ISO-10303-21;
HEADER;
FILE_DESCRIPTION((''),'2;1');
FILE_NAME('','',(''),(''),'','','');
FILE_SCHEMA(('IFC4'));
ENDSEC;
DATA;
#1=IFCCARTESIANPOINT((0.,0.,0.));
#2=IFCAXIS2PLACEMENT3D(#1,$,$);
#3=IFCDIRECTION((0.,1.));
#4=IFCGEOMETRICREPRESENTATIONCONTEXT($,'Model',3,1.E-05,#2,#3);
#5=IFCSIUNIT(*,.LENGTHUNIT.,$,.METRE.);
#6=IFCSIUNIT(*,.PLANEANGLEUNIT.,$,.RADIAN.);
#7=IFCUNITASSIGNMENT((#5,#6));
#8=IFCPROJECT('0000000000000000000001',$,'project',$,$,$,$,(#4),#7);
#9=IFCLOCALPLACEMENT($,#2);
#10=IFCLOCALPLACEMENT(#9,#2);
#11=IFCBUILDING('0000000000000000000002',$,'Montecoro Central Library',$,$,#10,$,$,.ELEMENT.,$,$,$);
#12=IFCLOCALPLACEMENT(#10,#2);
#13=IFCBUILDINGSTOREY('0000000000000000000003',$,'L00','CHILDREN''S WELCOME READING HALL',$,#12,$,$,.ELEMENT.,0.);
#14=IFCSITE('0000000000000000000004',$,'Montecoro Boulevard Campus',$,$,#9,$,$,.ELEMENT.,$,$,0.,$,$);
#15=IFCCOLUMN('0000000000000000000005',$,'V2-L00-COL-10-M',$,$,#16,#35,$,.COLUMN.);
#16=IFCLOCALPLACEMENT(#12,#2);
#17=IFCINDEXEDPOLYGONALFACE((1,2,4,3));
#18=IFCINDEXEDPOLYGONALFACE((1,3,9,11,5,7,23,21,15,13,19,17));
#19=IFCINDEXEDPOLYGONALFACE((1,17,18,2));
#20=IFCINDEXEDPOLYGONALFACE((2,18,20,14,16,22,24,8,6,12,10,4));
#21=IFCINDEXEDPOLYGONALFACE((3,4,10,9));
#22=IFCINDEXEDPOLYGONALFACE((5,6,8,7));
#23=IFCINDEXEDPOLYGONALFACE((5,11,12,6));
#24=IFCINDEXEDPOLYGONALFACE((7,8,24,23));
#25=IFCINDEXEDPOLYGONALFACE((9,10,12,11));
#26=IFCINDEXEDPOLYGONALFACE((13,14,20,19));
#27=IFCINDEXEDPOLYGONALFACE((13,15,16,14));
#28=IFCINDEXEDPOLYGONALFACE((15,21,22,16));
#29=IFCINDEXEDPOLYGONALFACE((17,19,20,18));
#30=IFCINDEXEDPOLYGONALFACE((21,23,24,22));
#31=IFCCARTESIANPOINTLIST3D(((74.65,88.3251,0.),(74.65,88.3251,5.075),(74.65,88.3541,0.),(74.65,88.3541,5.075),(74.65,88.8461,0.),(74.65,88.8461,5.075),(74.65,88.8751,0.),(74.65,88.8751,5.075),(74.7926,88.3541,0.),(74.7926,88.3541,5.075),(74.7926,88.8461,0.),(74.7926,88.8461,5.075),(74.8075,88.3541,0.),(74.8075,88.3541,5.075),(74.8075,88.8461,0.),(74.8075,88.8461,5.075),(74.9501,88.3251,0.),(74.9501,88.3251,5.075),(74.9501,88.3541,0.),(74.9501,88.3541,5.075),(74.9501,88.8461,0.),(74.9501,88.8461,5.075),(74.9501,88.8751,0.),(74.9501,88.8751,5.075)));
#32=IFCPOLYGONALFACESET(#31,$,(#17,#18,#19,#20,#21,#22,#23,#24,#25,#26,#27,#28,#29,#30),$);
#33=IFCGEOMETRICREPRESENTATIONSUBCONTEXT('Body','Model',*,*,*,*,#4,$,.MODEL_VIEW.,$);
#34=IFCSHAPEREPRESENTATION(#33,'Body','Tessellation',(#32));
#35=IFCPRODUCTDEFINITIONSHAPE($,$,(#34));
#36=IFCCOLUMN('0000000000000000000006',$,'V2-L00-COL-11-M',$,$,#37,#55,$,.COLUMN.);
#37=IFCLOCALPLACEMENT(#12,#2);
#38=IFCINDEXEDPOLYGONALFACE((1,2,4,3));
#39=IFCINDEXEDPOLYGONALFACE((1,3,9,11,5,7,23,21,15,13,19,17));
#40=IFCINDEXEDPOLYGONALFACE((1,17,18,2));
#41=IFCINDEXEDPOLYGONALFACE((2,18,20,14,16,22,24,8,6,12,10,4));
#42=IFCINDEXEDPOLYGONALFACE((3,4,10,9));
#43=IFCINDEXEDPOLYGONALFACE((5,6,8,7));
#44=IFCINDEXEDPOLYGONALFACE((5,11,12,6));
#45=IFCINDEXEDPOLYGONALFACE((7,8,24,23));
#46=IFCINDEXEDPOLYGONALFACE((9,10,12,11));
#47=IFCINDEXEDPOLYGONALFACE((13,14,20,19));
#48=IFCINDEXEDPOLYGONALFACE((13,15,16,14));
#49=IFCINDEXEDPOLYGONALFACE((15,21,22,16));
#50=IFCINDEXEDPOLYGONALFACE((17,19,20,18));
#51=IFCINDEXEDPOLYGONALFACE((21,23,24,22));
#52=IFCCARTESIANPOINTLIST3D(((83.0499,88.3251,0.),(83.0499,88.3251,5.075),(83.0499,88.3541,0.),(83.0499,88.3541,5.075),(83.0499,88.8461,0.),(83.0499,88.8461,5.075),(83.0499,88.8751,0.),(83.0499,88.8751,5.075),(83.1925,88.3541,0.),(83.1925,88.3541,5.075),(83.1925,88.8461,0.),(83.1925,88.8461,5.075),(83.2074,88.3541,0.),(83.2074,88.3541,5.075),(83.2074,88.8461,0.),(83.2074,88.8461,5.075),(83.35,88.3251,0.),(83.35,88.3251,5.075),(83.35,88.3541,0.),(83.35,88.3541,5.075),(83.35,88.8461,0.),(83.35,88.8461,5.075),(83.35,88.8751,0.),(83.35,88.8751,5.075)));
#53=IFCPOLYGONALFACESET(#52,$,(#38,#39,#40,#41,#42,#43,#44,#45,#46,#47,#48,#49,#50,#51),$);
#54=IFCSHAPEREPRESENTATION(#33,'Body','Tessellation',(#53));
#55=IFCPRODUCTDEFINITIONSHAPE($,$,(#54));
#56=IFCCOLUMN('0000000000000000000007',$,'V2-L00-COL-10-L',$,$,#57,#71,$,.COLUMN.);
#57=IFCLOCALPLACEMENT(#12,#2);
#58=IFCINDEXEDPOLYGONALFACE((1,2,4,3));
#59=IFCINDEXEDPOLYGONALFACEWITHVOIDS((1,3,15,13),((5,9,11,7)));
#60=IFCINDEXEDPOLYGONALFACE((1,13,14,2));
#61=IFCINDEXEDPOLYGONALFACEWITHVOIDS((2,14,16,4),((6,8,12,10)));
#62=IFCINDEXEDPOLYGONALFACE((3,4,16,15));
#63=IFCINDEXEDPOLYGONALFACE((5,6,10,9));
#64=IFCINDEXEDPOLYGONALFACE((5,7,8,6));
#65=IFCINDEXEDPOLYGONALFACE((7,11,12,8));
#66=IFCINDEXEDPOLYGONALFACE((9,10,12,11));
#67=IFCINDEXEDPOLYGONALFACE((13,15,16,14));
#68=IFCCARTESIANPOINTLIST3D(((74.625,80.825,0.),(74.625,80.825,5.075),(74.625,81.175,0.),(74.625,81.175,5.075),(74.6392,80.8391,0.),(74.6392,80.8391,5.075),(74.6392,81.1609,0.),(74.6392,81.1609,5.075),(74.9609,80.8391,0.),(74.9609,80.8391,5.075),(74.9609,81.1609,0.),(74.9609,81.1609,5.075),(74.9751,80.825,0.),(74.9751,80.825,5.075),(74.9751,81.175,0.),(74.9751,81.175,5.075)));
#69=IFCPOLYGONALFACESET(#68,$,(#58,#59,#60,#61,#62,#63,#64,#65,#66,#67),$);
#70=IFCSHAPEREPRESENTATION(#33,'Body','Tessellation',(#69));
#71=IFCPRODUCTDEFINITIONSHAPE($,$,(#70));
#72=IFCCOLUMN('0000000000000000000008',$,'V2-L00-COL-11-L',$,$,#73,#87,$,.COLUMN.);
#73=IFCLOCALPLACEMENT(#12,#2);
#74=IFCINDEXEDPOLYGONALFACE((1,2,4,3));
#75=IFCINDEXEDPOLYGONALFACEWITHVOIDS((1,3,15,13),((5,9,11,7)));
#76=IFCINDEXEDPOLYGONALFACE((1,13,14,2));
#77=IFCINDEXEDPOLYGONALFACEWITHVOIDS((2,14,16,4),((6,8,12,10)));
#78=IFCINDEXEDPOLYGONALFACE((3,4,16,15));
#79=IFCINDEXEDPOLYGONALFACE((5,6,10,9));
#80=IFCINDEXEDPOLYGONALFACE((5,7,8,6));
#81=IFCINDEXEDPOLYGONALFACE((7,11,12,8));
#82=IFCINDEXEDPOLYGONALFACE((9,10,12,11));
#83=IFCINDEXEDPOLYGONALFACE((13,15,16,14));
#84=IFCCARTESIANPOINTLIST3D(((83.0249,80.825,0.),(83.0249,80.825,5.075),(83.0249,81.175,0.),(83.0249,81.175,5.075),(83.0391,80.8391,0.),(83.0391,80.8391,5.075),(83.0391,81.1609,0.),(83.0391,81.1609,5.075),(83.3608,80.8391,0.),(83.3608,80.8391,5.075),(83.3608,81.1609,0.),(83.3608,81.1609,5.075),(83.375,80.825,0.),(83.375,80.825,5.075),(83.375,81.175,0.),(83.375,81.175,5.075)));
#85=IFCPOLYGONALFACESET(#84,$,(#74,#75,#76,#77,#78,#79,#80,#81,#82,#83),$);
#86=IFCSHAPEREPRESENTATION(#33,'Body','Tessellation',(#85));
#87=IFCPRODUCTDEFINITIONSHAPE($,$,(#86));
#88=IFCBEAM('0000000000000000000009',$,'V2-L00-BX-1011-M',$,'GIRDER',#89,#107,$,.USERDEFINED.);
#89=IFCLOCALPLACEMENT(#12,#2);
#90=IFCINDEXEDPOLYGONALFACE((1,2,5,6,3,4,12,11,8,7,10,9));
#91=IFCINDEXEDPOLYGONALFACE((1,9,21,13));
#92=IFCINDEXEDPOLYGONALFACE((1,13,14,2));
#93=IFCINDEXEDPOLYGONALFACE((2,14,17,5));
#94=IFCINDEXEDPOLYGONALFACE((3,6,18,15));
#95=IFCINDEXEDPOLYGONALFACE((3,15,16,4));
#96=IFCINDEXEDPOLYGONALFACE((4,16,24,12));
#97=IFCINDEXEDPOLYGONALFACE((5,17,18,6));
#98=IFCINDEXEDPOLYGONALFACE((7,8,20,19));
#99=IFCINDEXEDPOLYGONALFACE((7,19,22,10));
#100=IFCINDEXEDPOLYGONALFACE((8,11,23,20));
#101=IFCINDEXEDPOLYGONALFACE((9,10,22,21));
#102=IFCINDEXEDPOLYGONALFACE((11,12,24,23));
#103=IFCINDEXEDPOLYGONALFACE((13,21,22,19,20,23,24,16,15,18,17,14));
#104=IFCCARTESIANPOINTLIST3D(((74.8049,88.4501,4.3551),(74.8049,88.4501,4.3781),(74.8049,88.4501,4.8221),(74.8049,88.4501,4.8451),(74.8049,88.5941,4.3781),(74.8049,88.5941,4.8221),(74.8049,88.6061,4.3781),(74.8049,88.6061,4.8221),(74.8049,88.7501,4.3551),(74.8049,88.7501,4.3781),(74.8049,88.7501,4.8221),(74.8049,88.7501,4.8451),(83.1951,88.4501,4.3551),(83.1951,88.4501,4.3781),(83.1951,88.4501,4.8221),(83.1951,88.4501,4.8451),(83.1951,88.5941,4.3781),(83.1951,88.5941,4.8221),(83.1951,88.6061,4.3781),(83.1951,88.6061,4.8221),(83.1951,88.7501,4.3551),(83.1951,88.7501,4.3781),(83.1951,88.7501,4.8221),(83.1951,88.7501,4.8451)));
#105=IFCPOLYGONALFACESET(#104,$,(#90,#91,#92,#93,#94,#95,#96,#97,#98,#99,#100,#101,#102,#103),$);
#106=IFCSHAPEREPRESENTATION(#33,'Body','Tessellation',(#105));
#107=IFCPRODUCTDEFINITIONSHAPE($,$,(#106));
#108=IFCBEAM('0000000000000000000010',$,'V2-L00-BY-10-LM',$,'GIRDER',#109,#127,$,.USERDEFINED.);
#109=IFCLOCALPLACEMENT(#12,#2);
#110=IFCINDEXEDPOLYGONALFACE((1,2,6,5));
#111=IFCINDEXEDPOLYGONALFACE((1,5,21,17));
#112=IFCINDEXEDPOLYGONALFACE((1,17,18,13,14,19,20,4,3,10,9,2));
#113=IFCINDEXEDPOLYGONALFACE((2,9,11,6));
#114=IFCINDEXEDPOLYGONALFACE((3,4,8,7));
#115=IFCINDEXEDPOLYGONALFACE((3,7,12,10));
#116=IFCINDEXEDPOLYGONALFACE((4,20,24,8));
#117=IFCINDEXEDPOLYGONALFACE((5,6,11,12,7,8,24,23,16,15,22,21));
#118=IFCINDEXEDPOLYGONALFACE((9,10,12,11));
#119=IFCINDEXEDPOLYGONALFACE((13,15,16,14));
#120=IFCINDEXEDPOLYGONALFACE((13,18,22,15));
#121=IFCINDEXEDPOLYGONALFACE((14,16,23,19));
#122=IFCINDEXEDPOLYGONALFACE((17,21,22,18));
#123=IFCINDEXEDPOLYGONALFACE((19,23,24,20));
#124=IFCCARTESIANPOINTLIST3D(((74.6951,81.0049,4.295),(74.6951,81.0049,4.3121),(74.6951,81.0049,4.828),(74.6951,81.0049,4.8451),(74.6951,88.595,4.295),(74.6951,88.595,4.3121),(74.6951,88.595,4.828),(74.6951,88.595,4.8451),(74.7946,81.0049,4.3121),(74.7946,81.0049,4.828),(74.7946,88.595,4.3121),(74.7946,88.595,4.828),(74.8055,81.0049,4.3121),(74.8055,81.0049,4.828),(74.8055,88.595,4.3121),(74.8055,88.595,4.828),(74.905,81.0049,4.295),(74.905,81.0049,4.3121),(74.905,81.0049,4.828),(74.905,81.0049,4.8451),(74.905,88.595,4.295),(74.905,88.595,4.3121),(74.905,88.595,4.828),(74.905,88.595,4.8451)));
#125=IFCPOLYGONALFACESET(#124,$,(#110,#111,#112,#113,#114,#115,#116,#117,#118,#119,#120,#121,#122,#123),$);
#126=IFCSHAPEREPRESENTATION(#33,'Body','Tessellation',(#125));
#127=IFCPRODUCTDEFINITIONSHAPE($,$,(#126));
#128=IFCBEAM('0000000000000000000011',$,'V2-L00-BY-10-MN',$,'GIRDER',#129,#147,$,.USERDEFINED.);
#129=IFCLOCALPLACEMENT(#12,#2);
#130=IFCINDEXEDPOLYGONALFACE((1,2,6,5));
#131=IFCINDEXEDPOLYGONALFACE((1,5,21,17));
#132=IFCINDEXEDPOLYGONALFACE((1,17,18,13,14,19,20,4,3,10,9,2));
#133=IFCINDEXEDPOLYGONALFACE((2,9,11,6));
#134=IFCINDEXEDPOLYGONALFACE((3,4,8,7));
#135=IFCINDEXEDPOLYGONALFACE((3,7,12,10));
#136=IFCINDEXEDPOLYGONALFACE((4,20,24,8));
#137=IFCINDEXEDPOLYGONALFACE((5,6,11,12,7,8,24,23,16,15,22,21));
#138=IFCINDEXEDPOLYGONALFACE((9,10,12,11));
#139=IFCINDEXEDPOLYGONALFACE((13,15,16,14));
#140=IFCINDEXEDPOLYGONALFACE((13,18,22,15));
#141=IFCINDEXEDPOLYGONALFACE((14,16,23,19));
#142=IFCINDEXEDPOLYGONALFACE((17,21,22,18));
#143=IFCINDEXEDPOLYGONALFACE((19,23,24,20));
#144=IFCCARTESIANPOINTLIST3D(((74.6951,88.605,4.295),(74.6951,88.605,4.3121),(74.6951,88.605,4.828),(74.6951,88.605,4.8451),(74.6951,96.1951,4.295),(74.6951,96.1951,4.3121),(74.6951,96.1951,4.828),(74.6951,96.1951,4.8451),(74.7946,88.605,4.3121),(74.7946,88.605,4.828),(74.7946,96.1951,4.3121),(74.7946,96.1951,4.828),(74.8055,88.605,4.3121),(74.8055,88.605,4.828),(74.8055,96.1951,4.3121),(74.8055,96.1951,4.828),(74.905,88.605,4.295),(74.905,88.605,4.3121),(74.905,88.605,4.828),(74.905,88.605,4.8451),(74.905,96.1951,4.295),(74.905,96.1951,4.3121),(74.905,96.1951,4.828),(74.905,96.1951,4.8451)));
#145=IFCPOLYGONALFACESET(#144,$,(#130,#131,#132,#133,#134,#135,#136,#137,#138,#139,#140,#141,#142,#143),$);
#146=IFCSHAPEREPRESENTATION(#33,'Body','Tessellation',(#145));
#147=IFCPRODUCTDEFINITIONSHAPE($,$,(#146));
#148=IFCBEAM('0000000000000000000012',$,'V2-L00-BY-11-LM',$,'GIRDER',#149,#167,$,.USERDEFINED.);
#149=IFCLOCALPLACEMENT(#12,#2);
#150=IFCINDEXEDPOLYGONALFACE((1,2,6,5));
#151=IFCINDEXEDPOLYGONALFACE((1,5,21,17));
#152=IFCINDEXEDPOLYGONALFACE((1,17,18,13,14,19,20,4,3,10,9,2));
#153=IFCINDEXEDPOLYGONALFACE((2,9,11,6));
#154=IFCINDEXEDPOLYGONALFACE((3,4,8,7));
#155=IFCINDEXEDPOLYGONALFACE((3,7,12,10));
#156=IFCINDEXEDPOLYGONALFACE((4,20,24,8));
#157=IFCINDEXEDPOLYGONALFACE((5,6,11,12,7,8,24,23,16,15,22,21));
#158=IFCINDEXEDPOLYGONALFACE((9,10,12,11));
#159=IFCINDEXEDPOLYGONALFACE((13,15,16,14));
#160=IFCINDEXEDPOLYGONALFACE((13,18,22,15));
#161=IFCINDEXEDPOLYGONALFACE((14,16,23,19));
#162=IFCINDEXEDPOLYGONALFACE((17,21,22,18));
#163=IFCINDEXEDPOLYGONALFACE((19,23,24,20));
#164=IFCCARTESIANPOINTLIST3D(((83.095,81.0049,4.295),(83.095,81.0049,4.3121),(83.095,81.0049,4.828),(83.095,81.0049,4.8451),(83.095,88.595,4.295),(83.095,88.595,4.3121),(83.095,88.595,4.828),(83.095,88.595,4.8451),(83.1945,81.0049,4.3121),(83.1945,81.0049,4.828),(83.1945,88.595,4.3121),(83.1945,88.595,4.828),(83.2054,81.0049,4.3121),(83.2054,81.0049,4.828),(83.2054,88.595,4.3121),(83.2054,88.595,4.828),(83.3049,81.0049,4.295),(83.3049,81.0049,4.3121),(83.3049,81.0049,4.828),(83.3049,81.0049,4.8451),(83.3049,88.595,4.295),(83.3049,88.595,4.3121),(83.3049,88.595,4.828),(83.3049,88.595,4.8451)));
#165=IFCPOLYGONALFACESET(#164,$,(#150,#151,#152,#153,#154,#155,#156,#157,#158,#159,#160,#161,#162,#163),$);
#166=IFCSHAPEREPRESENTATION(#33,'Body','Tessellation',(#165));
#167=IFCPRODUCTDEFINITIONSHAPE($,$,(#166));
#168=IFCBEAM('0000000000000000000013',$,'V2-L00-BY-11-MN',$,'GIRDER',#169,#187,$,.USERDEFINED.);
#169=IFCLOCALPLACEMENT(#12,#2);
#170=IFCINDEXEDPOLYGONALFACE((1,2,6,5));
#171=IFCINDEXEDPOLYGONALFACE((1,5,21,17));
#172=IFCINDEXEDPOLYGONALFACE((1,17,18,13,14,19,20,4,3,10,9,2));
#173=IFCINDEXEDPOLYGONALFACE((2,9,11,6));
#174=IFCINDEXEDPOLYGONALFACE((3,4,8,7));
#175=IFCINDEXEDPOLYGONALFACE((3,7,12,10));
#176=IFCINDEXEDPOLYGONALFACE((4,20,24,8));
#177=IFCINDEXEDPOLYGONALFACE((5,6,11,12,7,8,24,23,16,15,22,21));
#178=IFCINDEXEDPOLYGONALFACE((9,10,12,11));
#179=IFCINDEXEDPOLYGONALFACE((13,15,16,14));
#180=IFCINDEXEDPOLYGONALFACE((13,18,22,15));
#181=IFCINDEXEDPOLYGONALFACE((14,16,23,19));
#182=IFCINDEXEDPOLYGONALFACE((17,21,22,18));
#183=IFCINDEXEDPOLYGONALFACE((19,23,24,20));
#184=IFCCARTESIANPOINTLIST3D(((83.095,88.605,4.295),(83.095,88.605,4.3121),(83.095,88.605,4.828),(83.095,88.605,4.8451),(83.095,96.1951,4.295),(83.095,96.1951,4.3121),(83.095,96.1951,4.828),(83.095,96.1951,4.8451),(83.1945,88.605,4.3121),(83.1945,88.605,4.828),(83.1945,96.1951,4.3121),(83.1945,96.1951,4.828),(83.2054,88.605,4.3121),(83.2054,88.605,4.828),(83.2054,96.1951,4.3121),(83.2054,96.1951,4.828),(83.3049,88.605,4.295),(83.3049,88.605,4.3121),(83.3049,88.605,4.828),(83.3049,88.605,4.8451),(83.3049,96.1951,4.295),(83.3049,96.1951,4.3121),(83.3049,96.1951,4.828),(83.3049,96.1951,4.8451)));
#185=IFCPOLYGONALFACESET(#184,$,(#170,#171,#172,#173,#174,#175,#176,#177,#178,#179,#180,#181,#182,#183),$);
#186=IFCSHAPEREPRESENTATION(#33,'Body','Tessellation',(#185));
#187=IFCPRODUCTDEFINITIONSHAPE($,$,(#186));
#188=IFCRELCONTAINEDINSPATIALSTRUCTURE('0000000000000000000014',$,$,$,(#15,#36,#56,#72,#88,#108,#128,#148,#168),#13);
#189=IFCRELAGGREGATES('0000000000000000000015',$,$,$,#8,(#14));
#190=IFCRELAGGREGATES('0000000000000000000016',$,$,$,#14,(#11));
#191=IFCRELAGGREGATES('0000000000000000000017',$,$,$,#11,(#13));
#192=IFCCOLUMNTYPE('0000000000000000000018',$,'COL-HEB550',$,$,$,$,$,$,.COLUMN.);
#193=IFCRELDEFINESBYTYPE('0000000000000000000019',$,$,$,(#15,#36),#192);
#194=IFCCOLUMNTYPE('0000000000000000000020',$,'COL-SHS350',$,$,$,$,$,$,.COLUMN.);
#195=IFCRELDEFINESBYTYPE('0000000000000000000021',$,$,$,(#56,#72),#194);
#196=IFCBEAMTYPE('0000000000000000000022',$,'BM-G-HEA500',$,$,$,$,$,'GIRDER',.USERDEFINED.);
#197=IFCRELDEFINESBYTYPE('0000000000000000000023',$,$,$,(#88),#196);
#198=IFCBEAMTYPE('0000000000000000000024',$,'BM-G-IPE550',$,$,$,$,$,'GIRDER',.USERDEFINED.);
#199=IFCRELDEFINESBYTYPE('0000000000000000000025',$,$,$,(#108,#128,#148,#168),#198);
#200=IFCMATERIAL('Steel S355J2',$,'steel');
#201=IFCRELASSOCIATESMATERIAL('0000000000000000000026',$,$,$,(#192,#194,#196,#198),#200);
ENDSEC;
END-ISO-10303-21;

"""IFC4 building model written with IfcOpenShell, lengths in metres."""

from ifc_helpers import new_model, si_unit, direction, frame, origin, origin_2d, place, context, subcontext, project, spatial, hollow_rectangle, i_section, extrude, material, material_profile, profile_set, type_object, element, save


model = new_model("IFC4")

# Units and contexts
model_context = context("Model", 3, precision=1e-05, world=origin(), true_north=direction((0.0, 1.0)))
body_context = subcontext(model_context, "Body", "Model", "MODEL_VIEW")
ifc_project = project(units=[si_unit("LENGTHUNIT", "METRE"), si_unit("PLANEANGLEUNIT", "RADIAN")], contexts=[model_context])

# Site, building, storey
site_placement = place(None, origin())
site = spatial("IfcSite", under=ifc_project, at=site_placement, Name="Montecoro Boulevard Campus", CompositionType="ELEMENT", RefElevation=0.0)
building_placement = place(site_placement, origin())
building = spatial("IfcBuilding", under=site, at=building_placement, Name="Montecoro Central Library", CompositionType="ELEMENT")
storey_placement = place(building_placement, origin())
storey = spatial("IfcBuildingStorey", under=building, at=storey_placement, Name="L00", Description="CHILDREN'S WELCOME READING HALL", CompositionType="ELEMENT", Elevation=0.0)

# Columns
ifc_material_1 = material(Name="Steel S355J2", Category="steel")
ifc_material_profile_1 = material_profile(ifc_material_1, i_section(OverallWidth=0.3, OverallDepth=0.55, WebThickness=0.0149, FlangeThickness=0.0291, at=origin_2d()), Name="HEB 550")
ifc_profile_set_1 = profile_set([ifc_material_profile_1], Name="Steel S355J2")
column_type_1 = type_object("IfcColumnType", Name="COL-HEB550", PredefinedType="COLUMN", material=ifc_profile_set_1)
for number, where, z_axis, x_axis, name in (
    (1, (74.8, 88.6001, 0.0), (0.0, 0.0, 1.0), (1.0, 0.0, 0.0), "V2-L00-COL-10-M"),
    (2, (83.2, 88.6001, 0.0), (0.0, 0.0, 1.0), (1.0, 0.0, 0.0), "V2-L00-COL-11-M"),
):
    element("IfcColumn", number, at=place(storey_placement, frame(where, z_axis=z_axis, x_axis=x_axis)), inside=storey, type_object=column_type_1, Name=name, PredefinedType="COLUMN", context=body_context, shape_type="SweptSolid", body=[
        extrude(i_section(OverallWidth=0.3, OverallDepth=0.55, WebThickness=0.0149, FlangeThickness=0.0291, at=origin_2d()), origin(), (0.0, 0.0, 1.0), 5.075),
    ])
ifc_material_profile_2 = material_profile(ifc_material_1, hollow_rectangle(XDim=0.3501, YDim=0.3501, WallThickness=0.0142, at=origin_2d()), Name="SHS 350x350x14.2")
ifc_profile_set_2 = profile_set([ifc_material_profile_2], Name="Steel S355J2")
column_type_2 = type_object("IfcColumnType", Name="COL-SHS350", PredefinedType="COLUMN", material=ifc_profile_set_2)
for number, where, z_axis, x_axis, name in (
    (3, (74.8, 81.0, 0.0), (0.0, 0.0, 1.0), (1.0, 0.0, 0.0), "V2-L00-COL-10-L"),
    (4, (83.2, 81.0, 0.0), (0.0, 0.0, 1.0), (1.0, 0.0, 0.0), "V2-L00-COL-11-L"),
):
    element("IfcColumn", number, at=place(storey_placement, frame(where, z_axis=z_axis, x_axis=x_axis)), inside=storey, type_object=column_type_2, Name=name, PredefinedType="COLUMN", context=body_context, shape_type="SweptSolid", body=[
        extrude(hollow_rectangle(XDim=0.3501, YDim=0.3501, WallThickness=0.0142, at=origin_2d()), origin(), (0.0, 0.0, 1.0), 5.075),
    ])

# Beams
ifc_material_profile_3 = material_profile(ifc_material_1, i_section(OverallWidth=0.3, OverallDepth=0.49, WebThickness=0.012, FlangeThickness=0.0229, at=origin_2d()), Name="HEA 500")
ifc_profile_set_3 = profile_set([ifc_material_profile_3], Name="Steel S355J2")
beam_type_1 = type_object("IfcBeamType", Name="BM-G-HEA500", ElementType="GIRDER", PredefinedType="USERDEFINED", material=ifc_profile_set_3)
beam_1_placement = place(storey_placement, frame((74.8049, 88.6001, 4.6001), z_axis=(1.0, 0.0, 0.0), x_axis=(0.0, 1.0, 0.0)))
element("IfcBeam", 5, at=beam_1_placement, inside=storey, type_object=beam_type_1, Name="V2-L00-BX-1011-M", ObjectType="GIRDER", PredefinedType="USERDEFINED", context=body_context, shape_type="SweptSolid", body=[
    extrude(i_section(OverallWidth=0.3, OverallDepth=0.49, WebThickness=0.012, FlangeThickness=0.0229, at=origin_2d()), origin(), (0.0, 0.0, 1.0), 8.3901),
])
ifc_material_profile_4 = material_profile(ifc_material_1, i_section(OverallWidth=0.21, OverallDepth=0.55, WebThickness=0.011, FlangeThickness=0.0171, at=origin_2d()), Name="IPE 550")
ifc_profile_set_4 = profile_set([ifc_material_profile_4], Name="Steel S355J2")
beam_type_2 = type_object("IfcBeamType", Name="BM-G-IPE550", ElementType="GIRDER", PredefinedType="USERDEFINED", material=ifc_profile_set_4)
for number, where, z_axis, x_axis, name in (
    (6, (74.8, 81.0049, 4.5701), (0.0, 1.0, 0.0), (-1.0, 0.0, 0.0), "V2-L00-BY-10-LM"),
    (7, (74.8, 88.605, 4.5701), (0.0, 1.0, 0.0), (-1.0, 0.0, 0.0), "V2-L00-BY-10-MN"),
    (8, (83.2, 81.0049, 4.5701), (0.0, 1.0, 0.0), (-1.0, 0.0, 0.0), "V2-L00-BY-11-LM"),
    (9, (83.2, 88.605, 4.5701), (0.0, 1.0, 0.0), (-1.0, 0.0, 0.0), "V2-L00-BY-11-MN"),
):
    element("IfcBeam", number, at=place(storey_placement, frame(where, z_axis=z_axis, x_axis=x_axis)), inside=storey, type_object=beam_type_2, Name=name, ObjectType="GIRDER", PredefinedType="USERDEFINED", context=body_context, shape_type="SweptSolid", body=[
        extrude(i_section(OverallWidth=0.21, OverallDepth=0.55, WebThickness=0.011, FlangeThickness=0.0171, at=origin_2d()), origin(), (0.0, 0.0, 1.0), 7.5901),
    ])

save(model, "model.ifc")
